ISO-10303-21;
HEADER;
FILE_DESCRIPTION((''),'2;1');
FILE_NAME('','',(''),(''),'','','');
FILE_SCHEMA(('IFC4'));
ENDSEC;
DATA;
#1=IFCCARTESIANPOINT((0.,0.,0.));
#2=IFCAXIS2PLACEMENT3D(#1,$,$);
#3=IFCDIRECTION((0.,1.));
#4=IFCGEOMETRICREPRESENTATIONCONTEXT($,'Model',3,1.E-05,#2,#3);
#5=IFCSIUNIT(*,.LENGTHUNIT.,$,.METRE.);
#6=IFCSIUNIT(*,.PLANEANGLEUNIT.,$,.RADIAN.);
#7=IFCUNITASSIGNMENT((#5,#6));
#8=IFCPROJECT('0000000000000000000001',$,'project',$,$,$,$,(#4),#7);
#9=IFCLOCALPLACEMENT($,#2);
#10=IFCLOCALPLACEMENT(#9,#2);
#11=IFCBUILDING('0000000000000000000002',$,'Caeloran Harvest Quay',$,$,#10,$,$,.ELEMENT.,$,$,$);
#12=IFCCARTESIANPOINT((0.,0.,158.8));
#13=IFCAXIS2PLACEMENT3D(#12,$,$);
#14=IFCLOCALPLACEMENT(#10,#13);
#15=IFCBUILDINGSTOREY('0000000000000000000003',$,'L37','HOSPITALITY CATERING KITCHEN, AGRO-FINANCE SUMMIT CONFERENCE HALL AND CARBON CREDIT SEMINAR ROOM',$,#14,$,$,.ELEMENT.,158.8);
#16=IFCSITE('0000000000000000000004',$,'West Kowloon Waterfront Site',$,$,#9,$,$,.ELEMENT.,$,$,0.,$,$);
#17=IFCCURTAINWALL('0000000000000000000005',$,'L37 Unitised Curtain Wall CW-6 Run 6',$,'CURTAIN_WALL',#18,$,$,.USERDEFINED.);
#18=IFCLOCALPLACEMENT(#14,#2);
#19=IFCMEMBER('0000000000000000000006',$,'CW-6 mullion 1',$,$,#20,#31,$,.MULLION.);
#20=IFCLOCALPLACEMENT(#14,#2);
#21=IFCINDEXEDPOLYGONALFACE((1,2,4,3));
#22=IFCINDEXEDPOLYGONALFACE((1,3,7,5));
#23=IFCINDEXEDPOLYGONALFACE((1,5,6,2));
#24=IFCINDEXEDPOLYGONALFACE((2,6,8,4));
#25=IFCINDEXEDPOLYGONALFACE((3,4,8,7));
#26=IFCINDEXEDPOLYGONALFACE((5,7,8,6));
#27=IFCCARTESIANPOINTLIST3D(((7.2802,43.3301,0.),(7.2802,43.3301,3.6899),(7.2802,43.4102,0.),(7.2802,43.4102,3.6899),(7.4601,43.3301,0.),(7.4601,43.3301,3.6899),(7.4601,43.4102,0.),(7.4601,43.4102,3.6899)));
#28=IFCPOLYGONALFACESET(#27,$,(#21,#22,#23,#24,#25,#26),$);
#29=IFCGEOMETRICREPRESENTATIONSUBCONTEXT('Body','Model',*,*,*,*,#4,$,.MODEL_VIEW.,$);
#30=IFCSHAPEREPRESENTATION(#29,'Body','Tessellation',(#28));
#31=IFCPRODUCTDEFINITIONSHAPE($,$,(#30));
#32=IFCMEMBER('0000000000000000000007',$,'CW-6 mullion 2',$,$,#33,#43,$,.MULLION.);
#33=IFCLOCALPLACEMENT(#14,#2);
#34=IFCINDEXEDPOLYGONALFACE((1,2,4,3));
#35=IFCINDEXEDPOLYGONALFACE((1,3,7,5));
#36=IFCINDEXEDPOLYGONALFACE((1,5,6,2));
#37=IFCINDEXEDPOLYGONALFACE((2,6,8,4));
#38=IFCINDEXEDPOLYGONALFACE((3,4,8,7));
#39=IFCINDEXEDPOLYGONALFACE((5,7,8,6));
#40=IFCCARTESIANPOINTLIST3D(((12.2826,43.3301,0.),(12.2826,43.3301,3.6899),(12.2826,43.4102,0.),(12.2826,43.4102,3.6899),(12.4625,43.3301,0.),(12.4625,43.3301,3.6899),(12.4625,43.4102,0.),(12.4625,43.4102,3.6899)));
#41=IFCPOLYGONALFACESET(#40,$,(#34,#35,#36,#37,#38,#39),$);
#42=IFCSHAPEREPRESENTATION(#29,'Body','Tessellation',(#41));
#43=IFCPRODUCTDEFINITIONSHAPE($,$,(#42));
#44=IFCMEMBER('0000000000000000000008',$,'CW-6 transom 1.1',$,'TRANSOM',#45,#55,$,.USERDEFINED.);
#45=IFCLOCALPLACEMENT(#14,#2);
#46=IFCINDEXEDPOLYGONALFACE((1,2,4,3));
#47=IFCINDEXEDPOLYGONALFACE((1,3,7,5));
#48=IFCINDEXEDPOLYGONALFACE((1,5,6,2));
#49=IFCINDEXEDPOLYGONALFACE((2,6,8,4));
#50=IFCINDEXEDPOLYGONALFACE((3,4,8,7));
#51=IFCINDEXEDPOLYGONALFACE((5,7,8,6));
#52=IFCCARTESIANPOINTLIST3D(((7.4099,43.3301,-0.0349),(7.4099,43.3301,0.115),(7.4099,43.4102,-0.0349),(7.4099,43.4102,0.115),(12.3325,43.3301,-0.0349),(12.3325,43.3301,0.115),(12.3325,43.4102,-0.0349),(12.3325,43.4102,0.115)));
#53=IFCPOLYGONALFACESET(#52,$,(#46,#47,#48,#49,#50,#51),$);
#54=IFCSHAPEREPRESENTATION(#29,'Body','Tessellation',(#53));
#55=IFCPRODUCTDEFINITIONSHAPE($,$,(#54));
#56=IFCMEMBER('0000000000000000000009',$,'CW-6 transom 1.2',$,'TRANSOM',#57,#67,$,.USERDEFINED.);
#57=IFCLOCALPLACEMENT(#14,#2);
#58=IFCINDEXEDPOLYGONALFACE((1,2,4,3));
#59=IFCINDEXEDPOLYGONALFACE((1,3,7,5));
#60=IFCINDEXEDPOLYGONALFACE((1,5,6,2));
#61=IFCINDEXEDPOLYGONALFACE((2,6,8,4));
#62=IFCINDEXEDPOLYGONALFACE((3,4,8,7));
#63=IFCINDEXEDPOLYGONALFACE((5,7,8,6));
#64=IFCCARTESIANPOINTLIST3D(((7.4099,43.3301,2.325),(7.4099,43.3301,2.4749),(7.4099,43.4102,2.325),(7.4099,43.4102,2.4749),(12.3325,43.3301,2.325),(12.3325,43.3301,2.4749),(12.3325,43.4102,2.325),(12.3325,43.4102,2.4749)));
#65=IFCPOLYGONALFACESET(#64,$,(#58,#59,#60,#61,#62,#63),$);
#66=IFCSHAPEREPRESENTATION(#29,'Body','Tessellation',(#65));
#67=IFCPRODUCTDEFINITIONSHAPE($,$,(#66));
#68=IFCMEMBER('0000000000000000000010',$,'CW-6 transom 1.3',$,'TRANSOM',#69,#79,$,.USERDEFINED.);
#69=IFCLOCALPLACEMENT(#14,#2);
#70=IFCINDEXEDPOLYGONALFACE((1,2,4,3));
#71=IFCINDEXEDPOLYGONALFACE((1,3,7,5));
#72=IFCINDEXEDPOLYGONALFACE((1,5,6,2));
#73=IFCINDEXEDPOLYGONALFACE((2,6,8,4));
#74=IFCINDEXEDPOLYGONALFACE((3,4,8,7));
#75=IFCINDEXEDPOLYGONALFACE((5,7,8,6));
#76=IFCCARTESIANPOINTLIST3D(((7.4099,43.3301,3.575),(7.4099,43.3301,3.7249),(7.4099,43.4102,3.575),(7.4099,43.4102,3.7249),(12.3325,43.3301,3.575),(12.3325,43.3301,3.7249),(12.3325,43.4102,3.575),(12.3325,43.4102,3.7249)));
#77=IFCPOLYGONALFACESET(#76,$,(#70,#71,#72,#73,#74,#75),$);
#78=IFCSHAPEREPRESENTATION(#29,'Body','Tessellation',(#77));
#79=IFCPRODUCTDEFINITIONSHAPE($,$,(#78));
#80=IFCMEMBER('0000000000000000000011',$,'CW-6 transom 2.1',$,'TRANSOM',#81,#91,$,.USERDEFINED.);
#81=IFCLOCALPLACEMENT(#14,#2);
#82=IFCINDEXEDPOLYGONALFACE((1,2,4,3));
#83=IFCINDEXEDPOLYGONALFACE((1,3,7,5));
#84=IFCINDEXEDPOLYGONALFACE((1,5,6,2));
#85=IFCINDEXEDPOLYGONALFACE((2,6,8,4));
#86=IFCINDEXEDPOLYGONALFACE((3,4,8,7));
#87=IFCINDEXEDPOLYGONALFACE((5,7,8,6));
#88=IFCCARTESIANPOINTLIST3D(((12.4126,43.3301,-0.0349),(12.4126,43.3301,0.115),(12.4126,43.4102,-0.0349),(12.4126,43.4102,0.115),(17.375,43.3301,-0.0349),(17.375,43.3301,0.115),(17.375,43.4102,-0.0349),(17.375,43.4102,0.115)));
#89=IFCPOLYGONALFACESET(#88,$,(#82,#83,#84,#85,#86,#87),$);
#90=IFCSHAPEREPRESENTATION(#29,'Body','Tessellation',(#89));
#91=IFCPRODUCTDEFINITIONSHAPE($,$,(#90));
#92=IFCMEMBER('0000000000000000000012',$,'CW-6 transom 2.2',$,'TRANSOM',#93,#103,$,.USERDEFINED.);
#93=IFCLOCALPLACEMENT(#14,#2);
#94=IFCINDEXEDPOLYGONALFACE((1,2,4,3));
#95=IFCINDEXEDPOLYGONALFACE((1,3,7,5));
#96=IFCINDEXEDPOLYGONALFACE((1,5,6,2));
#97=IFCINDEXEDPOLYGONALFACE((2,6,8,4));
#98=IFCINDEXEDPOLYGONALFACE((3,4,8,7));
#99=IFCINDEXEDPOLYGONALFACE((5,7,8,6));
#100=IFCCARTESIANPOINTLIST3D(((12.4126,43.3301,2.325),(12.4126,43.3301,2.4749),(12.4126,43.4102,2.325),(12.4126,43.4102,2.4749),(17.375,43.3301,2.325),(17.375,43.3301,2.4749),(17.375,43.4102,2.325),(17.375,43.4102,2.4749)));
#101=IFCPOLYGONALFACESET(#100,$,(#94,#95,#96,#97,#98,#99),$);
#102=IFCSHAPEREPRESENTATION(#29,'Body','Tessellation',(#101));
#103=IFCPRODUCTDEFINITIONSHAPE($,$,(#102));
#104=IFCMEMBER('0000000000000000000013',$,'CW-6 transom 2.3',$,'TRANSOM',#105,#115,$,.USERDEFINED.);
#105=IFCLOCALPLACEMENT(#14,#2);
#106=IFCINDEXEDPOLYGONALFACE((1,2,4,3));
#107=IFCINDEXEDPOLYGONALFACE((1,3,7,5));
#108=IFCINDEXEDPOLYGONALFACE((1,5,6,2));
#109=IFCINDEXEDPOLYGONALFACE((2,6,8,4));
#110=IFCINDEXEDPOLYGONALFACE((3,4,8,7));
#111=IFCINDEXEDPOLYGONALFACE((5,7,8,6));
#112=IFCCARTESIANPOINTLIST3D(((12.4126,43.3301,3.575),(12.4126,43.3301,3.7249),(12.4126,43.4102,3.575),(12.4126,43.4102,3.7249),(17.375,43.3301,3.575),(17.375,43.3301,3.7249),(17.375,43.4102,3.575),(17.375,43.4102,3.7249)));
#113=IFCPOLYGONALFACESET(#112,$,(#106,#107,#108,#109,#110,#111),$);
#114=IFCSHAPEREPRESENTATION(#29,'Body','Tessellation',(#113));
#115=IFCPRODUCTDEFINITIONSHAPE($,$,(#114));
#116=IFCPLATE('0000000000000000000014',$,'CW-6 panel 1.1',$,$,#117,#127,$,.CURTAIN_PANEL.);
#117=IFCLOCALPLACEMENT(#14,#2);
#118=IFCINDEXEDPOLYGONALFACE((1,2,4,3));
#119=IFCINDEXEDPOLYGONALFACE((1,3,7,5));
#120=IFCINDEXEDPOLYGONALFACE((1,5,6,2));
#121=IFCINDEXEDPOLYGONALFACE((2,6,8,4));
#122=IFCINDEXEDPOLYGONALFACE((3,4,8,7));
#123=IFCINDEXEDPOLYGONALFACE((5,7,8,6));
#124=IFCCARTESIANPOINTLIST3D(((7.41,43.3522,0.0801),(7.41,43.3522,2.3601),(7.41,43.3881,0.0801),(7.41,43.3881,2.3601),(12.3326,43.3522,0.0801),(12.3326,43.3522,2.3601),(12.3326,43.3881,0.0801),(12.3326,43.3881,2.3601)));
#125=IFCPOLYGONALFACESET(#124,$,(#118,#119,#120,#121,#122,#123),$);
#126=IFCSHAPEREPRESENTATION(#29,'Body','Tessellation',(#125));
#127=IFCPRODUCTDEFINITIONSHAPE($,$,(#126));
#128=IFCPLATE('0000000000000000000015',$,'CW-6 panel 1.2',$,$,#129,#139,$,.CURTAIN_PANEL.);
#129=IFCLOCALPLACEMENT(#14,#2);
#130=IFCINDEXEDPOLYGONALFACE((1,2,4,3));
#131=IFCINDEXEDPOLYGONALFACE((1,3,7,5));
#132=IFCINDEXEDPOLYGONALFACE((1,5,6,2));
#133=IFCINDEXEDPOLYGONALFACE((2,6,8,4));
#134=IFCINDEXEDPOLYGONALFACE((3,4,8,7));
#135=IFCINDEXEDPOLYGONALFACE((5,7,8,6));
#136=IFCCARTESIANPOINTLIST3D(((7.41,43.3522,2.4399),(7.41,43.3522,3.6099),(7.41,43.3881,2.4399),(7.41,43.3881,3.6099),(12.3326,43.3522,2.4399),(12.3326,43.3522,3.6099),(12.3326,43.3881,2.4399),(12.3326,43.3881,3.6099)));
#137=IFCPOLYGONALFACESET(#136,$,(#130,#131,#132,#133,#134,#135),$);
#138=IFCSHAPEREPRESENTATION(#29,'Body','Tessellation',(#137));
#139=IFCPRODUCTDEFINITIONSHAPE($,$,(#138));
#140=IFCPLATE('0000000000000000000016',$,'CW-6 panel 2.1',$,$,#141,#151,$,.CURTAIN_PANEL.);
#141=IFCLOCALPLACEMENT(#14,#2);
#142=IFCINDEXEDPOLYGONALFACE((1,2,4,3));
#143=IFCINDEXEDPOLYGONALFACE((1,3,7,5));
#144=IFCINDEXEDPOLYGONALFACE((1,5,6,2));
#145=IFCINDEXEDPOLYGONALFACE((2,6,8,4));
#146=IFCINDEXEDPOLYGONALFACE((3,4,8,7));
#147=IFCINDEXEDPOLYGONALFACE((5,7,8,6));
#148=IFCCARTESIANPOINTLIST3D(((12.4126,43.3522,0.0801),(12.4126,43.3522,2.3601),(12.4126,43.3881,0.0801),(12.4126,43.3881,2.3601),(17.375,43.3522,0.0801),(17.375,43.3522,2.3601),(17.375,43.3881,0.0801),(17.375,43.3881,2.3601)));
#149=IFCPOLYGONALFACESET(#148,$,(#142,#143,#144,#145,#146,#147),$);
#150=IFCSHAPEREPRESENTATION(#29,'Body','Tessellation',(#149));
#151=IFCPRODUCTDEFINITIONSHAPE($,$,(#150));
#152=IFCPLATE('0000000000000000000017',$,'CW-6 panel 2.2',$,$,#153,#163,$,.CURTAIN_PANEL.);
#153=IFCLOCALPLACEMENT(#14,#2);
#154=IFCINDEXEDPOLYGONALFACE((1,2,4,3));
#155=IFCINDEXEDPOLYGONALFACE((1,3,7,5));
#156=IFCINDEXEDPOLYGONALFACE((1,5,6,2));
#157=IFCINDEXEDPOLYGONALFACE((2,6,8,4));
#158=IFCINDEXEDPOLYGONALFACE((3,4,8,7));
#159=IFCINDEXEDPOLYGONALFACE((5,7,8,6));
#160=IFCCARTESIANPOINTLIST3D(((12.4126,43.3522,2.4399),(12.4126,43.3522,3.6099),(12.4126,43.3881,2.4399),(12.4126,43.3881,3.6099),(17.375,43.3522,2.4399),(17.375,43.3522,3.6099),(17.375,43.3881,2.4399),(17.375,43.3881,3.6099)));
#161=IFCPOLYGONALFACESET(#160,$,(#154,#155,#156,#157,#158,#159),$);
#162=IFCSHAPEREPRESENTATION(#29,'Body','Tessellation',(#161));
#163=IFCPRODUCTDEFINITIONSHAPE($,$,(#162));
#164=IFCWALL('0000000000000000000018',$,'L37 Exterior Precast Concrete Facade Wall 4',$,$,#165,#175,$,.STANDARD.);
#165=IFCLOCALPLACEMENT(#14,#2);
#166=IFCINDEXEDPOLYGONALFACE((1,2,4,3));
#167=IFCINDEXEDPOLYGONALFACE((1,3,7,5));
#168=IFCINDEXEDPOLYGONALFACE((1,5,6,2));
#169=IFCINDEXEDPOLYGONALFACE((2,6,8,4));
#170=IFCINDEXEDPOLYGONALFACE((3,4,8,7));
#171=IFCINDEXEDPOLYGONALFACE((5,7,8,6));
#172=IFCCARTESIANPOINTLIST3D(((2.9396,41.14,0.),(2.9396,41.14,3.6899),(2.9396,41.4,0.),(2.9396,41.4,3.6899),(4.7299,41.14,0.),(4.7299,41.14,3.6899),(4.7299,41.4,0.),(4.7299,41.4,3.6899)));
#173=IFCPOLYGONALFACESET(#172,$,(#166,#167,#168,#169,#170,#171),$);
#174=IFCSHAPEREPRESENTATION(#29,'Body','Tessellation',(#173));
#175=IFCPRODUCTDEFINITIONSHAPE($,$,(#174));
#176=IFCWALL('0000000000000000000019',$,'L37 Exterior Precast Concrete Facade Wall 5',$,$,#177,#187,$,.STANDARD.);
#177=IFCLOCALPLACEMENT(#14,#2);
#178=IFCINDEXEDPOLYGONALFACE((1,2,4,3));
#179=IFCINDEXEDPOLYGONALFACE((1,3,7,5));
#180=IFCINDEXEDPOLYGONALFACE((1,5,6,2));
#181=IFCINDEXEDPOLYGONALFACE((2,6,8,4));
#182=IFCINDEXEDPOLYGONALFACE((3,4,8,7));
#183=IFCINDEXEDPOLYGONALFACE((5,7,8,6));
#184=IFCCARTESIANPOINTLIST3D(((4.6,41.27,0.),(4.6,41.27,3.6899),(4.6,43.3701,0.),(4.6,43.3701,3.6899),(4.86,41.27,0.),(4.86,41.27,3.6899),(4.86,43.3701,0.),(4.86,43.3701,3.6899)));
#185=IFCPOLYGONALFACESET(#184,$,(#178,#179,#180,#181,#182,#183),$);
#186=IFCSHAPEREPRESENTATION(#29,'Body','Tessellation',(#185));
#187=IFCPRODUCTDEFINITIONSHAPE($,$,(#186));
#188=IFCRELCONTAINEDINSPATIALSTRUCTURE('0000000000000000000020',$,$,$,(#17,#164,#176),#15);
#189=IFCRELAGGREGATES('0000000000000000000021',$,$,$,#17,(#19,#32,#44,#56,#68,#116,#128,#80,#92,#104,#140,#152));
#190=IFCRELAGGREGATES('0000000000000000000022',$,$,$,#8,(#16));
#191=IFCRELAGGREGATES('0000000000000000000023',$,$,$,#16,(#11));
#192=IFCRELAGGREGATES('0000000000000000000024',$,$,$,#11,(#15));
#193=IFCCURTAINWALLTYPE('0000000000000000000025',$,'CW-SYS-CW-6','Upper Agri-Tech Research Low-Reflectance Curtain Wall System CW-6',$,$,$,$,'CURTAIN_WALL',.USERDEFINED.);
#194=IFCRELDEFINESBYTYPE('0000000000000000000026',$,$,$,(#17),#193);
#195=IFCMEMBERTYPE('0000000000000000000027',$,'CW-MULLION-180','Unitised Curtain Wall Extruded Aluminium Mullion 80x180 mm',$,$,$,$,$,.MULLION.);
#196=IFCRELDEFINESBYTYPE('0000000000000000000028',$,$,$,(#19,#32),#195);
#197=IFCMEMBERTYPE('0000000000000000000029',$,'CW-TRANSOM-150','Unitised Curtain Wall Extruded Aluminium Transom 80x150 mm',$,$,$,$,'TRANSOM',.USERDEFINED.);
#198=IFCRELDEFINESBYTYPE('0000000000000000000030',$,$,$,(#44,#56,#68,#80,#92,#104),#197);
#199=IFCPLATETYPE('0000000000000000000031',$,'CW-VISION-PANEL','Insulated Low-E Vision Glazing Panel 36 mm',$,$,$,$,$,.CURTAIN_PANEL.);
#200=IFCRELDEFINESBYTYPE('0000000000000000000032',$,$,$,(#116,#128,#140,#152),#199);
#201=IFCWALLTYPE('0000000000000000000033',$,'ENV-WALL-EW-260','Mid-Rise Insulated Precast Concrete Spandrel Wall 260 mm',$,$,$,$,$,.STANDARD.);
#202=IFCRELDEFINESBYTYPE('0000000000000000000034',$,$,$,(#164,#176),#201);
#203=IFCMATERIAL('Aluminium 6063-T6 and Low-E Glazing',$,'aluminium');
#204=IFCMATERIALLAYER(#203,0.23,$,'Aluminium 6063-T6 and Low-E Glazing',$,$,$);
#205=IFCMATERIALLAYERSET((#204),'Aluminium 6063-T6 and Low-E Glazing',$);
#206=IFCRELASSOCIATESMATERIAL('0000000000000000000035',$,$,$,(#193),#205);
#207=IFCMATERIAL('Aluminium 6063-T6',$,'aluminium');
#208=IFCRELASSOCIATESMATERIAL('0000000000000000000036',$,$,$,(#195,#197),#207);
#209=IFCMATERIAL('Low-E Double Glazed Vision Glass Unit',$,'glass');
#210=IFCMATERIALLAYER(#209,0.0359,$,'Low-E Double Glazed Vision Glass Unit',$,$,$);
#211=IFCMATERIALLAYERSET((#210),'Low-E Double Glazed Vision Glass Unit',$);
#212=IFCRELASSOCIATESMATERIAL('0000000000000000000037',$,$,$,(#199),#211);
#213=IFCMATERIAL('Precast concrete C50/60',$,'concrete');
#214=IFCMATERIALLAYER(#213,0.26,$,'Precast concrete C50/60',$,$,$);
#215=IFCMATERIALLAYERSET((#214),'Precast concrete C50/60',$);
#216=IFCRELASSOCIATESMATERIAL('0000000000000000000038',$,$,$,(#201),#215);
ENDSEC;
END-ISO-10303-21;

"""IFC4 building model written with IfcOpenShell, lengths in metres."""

from ifc_helpers import new_model, si_unit, direction, frame, frame_2d, origin, origin_2d, place, context, subcontext, project, spatial, rectangle, extrude, material, layer, layer_set, material_profile, profile_set, type_object, element, aggregate, save


model = new_model("IFC4")

# Units and contexts
model_context = context("Model", 3, precision=1e-05, world=origin(), true_north=direction((0.0, 1.0)))
body_context = subcontext(model_context, "Body", "Model", "MODEL_VIEW")
ifc_project = project(units=[si_unit("LENGTHUNIT", "METRE"), si_unit("PLANEANGLEUNIT", "RADIAN")], contexts=[model_context])

# Site, building, storey
site_placement = place(None, origin())
site = spatial("IfcSite", under=ifc_project, at=site_placement, Name="West Kowloon Waterfront Site", CompositionType="ELEMENT", RefElevation=0.0)
building_placement = place(site_placement, origin())
building = spatial("IfcBuilding", under=site, at=building_placement, Name="Caeloran Harvest Quay", CompositionType="ELEMENT")
storey_placement = place(building_placement, frame((0.0, 0.0, 158.8)))
storey = spatial("IfcBuildingStorey", under=building, at=storey_placement, Name="L37", Description="HOSPITALITY CATERING KITCHEN, AGRO-FINANCE SUMMIT CONFERENCE HALL AND CARBON CREDIT SEMINAR ROOM", CompositionType="ELEMENT", Elevation=158.8)

# Curtain wall, members, plates
ifc_material_1 = material(Name="Aluminium 6063-T6 and Low-E Glazing", Category="aluminium")
ifc_layer_1 = layer(ifc_material_1, 0.23, Name="Aluminium 6063-T6 and Low-E Glazing")
ifc_layer_set_1 = layer_set([ifc_layer_1], Name="Aluminium 6063-T6 and Low-E Glazing")
curtain_wall_type = type_object("IfcCurtainWallType", Name="CW-SYS-CW-6", Description="Upper Agri-Tech Research Low-Reflectance Curtain Wall System CW-6", ElementType="CURTAIN_WALL", PredefinedType="USERDEFINED", material=ifc_layer_set_1)
curtain_wall_placement = place(storey_placement, origin())
curtain_wall = element("IfcCurtainWall", 1, at=curtain_wall_placement, inside=storey, type_object=curtain_wall_type, Name="L37 Unitised Curtain Wall CW-6 Run 6", ObjectType="CURTAIN_WALL", PredefinedType="USERDEFINED")
ifc_material_2 = material(Name="Aluminium 6063-T6", Category="aluminium")
ifc_material_profile_1 = material_profile(ifc_material_2, rectangle(XDim=0.0801, YDim=0.1799, at=origin_2d()), Name="CW-MULLION-180")
ifc_profile_set_1 = profile_set([ifc_material_profile_1], Name="Aluminium 6063-T6")
member_type_1 = type_object("IfcMemberType", Name="CW-MULLION-180", Description="Unitised Curtain Wall Extruded Aluminium Mullion 80x180 mm", PredefinedType="MULLION", material=ifc_profile_set_1)
member_1_placement = place(storey_placement, frame((7.3701, 43.3701, 0.0), z_axis=(0.0, 0.0, 1.0), x_axis=(0.0, 1.0, 0.0)))
member_1 = element("IfcMember", 2, at=member_1_placement, type_object=member_type_1, Name="CW-6 mullion 1", PredefinedType="MULLION", context=body_context, shape_type="SweptSolid", body=[
    extrude(rectangle(XDim=0.0801, YDim=0.1799, at=origin_2d()), origin(), (0.0, 0.0, 1.0), 3.6899),
])
member_2_placement = place(storey_placement, frame((12.3726, 43.3701, 0.0), z_axis=(0.0, 0.0, 1.0), x_axis=(0.0, 1.0, 0.0)))
member_2 = element("IfcMember", 3, at=member_2_placement, type_object=member_type_1, Name="CW-6 mullion 2", PredefinedType="MULLION", context=body_context, shape_type="SweptSolid", body=[
    extrude(rectangle(XDim=0.0801, YDim=0.1799, at=origin_2d()), origin(), (0.0, 0.0, 1.0), 3.6899),
])
ifc_material_profile_2 = material_profile(ifc_material_2, rectangle(XDim=0.0801, YDim=0.1499, at=origin_2d()), Name="CW-TRANSOM-150")
ifc_profile_set_2 = profile_set([ifc_material_profile_2], Name="Aluminium 6063-T6")
member_type_2 = type_object("IfcMemberType", Name="CW-TRANSOM-150", Description="Unitised Curtain Wall Extruded Aluminium Transom 80x150 mm", ElementType="TRANSOM", PredefinedType="USERDEFINED", material=ifc_profile_set_2)
member_3_placement = place(storey_placement, frame((7.4099, 43.3701, 0.04), z_axis=(1.0, 0.0, 0.0), x_axis=(0.0, 1.0, 0.0)))
member_3 = element("IfcMember", 4, at=member_3_placement, type_object=member_type_2, Name="CW-6 transom 1.1", ObjectType="TRANSOM", PredefinedType="USERDEFINED", context=body_context, shape_type="SweptSolid", body=[
    extrude(rectangle(XDim=0.0801, YDim=0.1499, at=origin_2d()), origin(), (0.0, 0.0, 1.0), 4.9226),
])
member_4_placement = place(storey_placement, frame((7.4099, 43.3701, 2.3999), z_axis=(1.0, 0.0, 0.0), x_axis=(0.0, 1.0, 0.0)))
member_4 = element("IfcMember", 5, at=member_4_placement, type_object=member_type_2, Name="CW-6 transom 1.2", ObjectType="TRANSOM", PredefinedType="USERDEFINED", context=body_context, shape_type="SweptSolid", body=[
    extrude(rectangle(XDim=0.0801, YDim=0.1499, at=origin_2d()), origin(), (0.0, 0.0, 1.0), 4.9226),
])
member_5_placement = place(storey_placement, frame((7.4099, 43.3701, 3.6499), z_axis=(1.0, 0.0, 0.0), x_axis=(0.0, 1.0, 0.0)))
member_5 = element("IfcMember", 6, at=member_5_placement, type_object=member_type_2, Name="CW-6 transom 1.3", ObjectType="TRANSOM", PredefinedType="USERDEFINED", context=body_context, shape_type="SweptSolid", body=[
    extrude(rectangle(XDim=0.0801, YDim=0.1499, at=origin_2d()), origin(), (0.0, 0.0, 1.0), 4.9226),
])
member_6_placement = place(storey_placement, frame((12.4126, 43.3701, 0.04), z_axis=(1.0, 0.0, 0.0), x_axis=(0.0, 1.0, 0.0)))
member_6 = element("IfcMember", 7, at=member_6_placement, type_object=member_type_2, Name="CW-6 transom 2.1", ObjectType="TRANSOM", PredefinedType="USERDEFINED", context=body_context, shape_type="SweptSolid", body=[
    extrude(rectangle(XDim=0.0801, YDim=0.1499, at=origin_2d()), origin(), (0.0, 0.0, 1.0), 4.9624),
])
member_7_placement = place(storey_placement, frame((12.4126, 43.3701, 2.3999), z_axis=(1.0, 0.0, 0.0), x_axis=(0.0, 1.0, 0.0)))
member_7 = element("IfcMember", 8, at=member_7_placement, type_object=member_type_2, Name="CW-6 transom 2.2", ObjectType="TRANSOM", PredefinedType="USERDEFINED", context=body_context, shape_type="SweptSolid", body=[
    extrude(rectangle(XDim=0.0801, YDim=0.1499, at=origin_2d()), origin(), (0.0, 0.0, 1.0), 4.9624),
])
member_8_placement = place(storey_placement, frame((12.4126, 43.3701, 3.6499), z_axis=(1.0, 0.0, 0.0), x_axis=(0.0, 1.0, 0.0)))
member_8 = element("IfcMember", 9, at=member_8_placement, type_object=member_type_2, Name="CW-6 transom 2.3", ObjectType="TRANSOM", PredefinedType="USERDEFINED", context=body_context, shape_type="SweptSolid", body=[
    extrude(rectangle(XDim=0.0801, YDim=0.1499, at=origin_2d()), origin(), (0.0, 0.0, 1.0), 4.9624),
])
ifc_material_3 = material(Name="Low-E Double Glazed Vision Glass Unit", Category="glass")
ifc_layer_2 = layer(ifc_material_3, 0.0359, Name="Low-E Double Glazed Vision Glass Unit")
ifc_layer_set_2 = layer_set([ifc_layer_2], Name="Low-E Double Glazed Vision Glass Unit")
plate_type = type_object("IfcPlateType", Name="CW-VISION-PANEL", Description="Insulated Low-E Vision Glazing Panel 36 mm", PredefinedType="CURTAIN_PANEL", material=ifc_layer_set_2)
plate_1_placement = place(storey_placement, frame((9.8713, 43.3701, 0.0801), z_axis=(0.0, 0.0, 1.0), x_axis=(1.0, 0.0, 0.0)))
plate_1 = element("IfcPlate", 10, at=plate_1_placement, type_object=plate_type, Name="CW-6 panel 1.1", PredefinedType="CURTAIN_PANEL", context=body_context, shape_type="SweptSolid", body=[
    extrude(rectangle(XDim=4.9226, YDim=0.0359, at=origin_2d()), origin(), (0.0, 0.0, 1.0), 2.28),
])
plate_2_placement = place(storey_placement, frame((9.8713, 43.3701, 2.4399), z_axis=(0.0, 0.0, 1.0), x_axis=(1.0, 0.0, 0.0)))
plate_2 = element("IfcPlate", 11, at=plate_2_placement, type_object=plate_type, Name="CW-6 panel 1.2", PredefinedType="CURTAIN_PANEL", context=body_context, shape_type="SweptSolid", body=[
    extrude(rectangle(XDim=4.9226, YDim=0.0359, at=origin_2d()), origin(), (0.0, 0.0, 1.0), 1.1699),
])
plate_3_placement = place(storey_placement, frame((14.8938, 43.3701, 0.0801), z_axis=(0.0, 0.0, 1.0), x_axis=(1.0, 0.0, 0.0)))
plate_3 = element("IfcPlate", 12, at=plate_3_placement, type_object=plate_type, Name="CW-6 panel 2.1", PredefinedType="CURTAIN_PANEL", context=body_context, shape_type="SweptSolid", body=[
    extrude(rectangle(XDim=4.9624, YDim=0.0359, at=origin_2d()), origin(), (0.0, 0.0, 1.0), 2.28),
])
plate_4_placement = place(storey_placement, frame((14.8938, 43.3701, 2.4399), z_axis=(0.0, 0.0, 1.0), x_axis=(1.0, 0.0, 0.0)))
plate_4 = element("IfcPlate", 13, at=plate_4_placement, type_object=plate_type, Name="CW-6 panel 2.2", PredefinedType="CURTAIN_PANEL", context=body_context, shape_type="SweptSolid", body=[
    extrude(rectangle(XDim=4.9624, YDim=0.0359, at=origin_2d()), origin(), (0.0, 0.0, 1.0), 1.1699),
])
aggregate(curtain_wall, [member_1, member_2, member_3, member_4, member_5, plate_1, plate_2, member_6, member_7, member_8, plate_3, plate_4])

# Walls
ifc_material_4 = material(Name="Precast concrete C50/60", Category="concrete")
ifc_layer_3 = layer(ifc_material_4, 0.26, Name="Precast concrete C50/60")
ifc_layer_set_3 = layer_set([ifc_layer_3], Name="Precast concrete C50/60")
wall_type_1 = type_object("IfcWallType", Name="ENV-WALL-EW-260", Description="Mid-Rise Insulated Precast Concrete Spandrel Wall 260 mm", PredefinedType="STANDARD", material=ifc_layer_set_3)
wall_1_placement = place(storey_placement, frame((2.9397, 41.27, 0.0), z_axis=(0.0, 0.0, 1.0), x_axis=(1.0, 0.0, 0.0)))
element("IfcWall", 14, at=wall_1_placement, inside=storey, type_object=wall_type_1, Name="L37 Exterior Precast Concrete Facade Wall 4", PredefinedType="STANDARD", context=body_context, shape_type="SweptSolid", body=[
    extrude(rectangle(XDim=1.7903, YDim=0.26, at=frame_2d((0.895, 0.0))), origin(), (0.0, 0.0, 1.0), 3.6899),
])
wall_2_placement = place(storey_placement, frame((4.73, 41.27, 0.0), z_axis=(0.0, 0.0, 1.0), x_axis=(0.0, 1.0, 0.0)))
element("IfcWall", 15, at=wall_2_placement, inside=storey, type_object=wall_type_1, Name="L37 Exterior Precast Concrete Facade Wall 5", PredefinedType="STANDARD", context=body_context, shape_type="SweptSolid", body=[
    extrude(rectangle(XDim=2.1001, YDim=0.26, at=frame_2d((1.05, 0.0))), origin(), (0.0, 0.0, 1.0), 3.6899),
])

save(model, "model.ifc")
